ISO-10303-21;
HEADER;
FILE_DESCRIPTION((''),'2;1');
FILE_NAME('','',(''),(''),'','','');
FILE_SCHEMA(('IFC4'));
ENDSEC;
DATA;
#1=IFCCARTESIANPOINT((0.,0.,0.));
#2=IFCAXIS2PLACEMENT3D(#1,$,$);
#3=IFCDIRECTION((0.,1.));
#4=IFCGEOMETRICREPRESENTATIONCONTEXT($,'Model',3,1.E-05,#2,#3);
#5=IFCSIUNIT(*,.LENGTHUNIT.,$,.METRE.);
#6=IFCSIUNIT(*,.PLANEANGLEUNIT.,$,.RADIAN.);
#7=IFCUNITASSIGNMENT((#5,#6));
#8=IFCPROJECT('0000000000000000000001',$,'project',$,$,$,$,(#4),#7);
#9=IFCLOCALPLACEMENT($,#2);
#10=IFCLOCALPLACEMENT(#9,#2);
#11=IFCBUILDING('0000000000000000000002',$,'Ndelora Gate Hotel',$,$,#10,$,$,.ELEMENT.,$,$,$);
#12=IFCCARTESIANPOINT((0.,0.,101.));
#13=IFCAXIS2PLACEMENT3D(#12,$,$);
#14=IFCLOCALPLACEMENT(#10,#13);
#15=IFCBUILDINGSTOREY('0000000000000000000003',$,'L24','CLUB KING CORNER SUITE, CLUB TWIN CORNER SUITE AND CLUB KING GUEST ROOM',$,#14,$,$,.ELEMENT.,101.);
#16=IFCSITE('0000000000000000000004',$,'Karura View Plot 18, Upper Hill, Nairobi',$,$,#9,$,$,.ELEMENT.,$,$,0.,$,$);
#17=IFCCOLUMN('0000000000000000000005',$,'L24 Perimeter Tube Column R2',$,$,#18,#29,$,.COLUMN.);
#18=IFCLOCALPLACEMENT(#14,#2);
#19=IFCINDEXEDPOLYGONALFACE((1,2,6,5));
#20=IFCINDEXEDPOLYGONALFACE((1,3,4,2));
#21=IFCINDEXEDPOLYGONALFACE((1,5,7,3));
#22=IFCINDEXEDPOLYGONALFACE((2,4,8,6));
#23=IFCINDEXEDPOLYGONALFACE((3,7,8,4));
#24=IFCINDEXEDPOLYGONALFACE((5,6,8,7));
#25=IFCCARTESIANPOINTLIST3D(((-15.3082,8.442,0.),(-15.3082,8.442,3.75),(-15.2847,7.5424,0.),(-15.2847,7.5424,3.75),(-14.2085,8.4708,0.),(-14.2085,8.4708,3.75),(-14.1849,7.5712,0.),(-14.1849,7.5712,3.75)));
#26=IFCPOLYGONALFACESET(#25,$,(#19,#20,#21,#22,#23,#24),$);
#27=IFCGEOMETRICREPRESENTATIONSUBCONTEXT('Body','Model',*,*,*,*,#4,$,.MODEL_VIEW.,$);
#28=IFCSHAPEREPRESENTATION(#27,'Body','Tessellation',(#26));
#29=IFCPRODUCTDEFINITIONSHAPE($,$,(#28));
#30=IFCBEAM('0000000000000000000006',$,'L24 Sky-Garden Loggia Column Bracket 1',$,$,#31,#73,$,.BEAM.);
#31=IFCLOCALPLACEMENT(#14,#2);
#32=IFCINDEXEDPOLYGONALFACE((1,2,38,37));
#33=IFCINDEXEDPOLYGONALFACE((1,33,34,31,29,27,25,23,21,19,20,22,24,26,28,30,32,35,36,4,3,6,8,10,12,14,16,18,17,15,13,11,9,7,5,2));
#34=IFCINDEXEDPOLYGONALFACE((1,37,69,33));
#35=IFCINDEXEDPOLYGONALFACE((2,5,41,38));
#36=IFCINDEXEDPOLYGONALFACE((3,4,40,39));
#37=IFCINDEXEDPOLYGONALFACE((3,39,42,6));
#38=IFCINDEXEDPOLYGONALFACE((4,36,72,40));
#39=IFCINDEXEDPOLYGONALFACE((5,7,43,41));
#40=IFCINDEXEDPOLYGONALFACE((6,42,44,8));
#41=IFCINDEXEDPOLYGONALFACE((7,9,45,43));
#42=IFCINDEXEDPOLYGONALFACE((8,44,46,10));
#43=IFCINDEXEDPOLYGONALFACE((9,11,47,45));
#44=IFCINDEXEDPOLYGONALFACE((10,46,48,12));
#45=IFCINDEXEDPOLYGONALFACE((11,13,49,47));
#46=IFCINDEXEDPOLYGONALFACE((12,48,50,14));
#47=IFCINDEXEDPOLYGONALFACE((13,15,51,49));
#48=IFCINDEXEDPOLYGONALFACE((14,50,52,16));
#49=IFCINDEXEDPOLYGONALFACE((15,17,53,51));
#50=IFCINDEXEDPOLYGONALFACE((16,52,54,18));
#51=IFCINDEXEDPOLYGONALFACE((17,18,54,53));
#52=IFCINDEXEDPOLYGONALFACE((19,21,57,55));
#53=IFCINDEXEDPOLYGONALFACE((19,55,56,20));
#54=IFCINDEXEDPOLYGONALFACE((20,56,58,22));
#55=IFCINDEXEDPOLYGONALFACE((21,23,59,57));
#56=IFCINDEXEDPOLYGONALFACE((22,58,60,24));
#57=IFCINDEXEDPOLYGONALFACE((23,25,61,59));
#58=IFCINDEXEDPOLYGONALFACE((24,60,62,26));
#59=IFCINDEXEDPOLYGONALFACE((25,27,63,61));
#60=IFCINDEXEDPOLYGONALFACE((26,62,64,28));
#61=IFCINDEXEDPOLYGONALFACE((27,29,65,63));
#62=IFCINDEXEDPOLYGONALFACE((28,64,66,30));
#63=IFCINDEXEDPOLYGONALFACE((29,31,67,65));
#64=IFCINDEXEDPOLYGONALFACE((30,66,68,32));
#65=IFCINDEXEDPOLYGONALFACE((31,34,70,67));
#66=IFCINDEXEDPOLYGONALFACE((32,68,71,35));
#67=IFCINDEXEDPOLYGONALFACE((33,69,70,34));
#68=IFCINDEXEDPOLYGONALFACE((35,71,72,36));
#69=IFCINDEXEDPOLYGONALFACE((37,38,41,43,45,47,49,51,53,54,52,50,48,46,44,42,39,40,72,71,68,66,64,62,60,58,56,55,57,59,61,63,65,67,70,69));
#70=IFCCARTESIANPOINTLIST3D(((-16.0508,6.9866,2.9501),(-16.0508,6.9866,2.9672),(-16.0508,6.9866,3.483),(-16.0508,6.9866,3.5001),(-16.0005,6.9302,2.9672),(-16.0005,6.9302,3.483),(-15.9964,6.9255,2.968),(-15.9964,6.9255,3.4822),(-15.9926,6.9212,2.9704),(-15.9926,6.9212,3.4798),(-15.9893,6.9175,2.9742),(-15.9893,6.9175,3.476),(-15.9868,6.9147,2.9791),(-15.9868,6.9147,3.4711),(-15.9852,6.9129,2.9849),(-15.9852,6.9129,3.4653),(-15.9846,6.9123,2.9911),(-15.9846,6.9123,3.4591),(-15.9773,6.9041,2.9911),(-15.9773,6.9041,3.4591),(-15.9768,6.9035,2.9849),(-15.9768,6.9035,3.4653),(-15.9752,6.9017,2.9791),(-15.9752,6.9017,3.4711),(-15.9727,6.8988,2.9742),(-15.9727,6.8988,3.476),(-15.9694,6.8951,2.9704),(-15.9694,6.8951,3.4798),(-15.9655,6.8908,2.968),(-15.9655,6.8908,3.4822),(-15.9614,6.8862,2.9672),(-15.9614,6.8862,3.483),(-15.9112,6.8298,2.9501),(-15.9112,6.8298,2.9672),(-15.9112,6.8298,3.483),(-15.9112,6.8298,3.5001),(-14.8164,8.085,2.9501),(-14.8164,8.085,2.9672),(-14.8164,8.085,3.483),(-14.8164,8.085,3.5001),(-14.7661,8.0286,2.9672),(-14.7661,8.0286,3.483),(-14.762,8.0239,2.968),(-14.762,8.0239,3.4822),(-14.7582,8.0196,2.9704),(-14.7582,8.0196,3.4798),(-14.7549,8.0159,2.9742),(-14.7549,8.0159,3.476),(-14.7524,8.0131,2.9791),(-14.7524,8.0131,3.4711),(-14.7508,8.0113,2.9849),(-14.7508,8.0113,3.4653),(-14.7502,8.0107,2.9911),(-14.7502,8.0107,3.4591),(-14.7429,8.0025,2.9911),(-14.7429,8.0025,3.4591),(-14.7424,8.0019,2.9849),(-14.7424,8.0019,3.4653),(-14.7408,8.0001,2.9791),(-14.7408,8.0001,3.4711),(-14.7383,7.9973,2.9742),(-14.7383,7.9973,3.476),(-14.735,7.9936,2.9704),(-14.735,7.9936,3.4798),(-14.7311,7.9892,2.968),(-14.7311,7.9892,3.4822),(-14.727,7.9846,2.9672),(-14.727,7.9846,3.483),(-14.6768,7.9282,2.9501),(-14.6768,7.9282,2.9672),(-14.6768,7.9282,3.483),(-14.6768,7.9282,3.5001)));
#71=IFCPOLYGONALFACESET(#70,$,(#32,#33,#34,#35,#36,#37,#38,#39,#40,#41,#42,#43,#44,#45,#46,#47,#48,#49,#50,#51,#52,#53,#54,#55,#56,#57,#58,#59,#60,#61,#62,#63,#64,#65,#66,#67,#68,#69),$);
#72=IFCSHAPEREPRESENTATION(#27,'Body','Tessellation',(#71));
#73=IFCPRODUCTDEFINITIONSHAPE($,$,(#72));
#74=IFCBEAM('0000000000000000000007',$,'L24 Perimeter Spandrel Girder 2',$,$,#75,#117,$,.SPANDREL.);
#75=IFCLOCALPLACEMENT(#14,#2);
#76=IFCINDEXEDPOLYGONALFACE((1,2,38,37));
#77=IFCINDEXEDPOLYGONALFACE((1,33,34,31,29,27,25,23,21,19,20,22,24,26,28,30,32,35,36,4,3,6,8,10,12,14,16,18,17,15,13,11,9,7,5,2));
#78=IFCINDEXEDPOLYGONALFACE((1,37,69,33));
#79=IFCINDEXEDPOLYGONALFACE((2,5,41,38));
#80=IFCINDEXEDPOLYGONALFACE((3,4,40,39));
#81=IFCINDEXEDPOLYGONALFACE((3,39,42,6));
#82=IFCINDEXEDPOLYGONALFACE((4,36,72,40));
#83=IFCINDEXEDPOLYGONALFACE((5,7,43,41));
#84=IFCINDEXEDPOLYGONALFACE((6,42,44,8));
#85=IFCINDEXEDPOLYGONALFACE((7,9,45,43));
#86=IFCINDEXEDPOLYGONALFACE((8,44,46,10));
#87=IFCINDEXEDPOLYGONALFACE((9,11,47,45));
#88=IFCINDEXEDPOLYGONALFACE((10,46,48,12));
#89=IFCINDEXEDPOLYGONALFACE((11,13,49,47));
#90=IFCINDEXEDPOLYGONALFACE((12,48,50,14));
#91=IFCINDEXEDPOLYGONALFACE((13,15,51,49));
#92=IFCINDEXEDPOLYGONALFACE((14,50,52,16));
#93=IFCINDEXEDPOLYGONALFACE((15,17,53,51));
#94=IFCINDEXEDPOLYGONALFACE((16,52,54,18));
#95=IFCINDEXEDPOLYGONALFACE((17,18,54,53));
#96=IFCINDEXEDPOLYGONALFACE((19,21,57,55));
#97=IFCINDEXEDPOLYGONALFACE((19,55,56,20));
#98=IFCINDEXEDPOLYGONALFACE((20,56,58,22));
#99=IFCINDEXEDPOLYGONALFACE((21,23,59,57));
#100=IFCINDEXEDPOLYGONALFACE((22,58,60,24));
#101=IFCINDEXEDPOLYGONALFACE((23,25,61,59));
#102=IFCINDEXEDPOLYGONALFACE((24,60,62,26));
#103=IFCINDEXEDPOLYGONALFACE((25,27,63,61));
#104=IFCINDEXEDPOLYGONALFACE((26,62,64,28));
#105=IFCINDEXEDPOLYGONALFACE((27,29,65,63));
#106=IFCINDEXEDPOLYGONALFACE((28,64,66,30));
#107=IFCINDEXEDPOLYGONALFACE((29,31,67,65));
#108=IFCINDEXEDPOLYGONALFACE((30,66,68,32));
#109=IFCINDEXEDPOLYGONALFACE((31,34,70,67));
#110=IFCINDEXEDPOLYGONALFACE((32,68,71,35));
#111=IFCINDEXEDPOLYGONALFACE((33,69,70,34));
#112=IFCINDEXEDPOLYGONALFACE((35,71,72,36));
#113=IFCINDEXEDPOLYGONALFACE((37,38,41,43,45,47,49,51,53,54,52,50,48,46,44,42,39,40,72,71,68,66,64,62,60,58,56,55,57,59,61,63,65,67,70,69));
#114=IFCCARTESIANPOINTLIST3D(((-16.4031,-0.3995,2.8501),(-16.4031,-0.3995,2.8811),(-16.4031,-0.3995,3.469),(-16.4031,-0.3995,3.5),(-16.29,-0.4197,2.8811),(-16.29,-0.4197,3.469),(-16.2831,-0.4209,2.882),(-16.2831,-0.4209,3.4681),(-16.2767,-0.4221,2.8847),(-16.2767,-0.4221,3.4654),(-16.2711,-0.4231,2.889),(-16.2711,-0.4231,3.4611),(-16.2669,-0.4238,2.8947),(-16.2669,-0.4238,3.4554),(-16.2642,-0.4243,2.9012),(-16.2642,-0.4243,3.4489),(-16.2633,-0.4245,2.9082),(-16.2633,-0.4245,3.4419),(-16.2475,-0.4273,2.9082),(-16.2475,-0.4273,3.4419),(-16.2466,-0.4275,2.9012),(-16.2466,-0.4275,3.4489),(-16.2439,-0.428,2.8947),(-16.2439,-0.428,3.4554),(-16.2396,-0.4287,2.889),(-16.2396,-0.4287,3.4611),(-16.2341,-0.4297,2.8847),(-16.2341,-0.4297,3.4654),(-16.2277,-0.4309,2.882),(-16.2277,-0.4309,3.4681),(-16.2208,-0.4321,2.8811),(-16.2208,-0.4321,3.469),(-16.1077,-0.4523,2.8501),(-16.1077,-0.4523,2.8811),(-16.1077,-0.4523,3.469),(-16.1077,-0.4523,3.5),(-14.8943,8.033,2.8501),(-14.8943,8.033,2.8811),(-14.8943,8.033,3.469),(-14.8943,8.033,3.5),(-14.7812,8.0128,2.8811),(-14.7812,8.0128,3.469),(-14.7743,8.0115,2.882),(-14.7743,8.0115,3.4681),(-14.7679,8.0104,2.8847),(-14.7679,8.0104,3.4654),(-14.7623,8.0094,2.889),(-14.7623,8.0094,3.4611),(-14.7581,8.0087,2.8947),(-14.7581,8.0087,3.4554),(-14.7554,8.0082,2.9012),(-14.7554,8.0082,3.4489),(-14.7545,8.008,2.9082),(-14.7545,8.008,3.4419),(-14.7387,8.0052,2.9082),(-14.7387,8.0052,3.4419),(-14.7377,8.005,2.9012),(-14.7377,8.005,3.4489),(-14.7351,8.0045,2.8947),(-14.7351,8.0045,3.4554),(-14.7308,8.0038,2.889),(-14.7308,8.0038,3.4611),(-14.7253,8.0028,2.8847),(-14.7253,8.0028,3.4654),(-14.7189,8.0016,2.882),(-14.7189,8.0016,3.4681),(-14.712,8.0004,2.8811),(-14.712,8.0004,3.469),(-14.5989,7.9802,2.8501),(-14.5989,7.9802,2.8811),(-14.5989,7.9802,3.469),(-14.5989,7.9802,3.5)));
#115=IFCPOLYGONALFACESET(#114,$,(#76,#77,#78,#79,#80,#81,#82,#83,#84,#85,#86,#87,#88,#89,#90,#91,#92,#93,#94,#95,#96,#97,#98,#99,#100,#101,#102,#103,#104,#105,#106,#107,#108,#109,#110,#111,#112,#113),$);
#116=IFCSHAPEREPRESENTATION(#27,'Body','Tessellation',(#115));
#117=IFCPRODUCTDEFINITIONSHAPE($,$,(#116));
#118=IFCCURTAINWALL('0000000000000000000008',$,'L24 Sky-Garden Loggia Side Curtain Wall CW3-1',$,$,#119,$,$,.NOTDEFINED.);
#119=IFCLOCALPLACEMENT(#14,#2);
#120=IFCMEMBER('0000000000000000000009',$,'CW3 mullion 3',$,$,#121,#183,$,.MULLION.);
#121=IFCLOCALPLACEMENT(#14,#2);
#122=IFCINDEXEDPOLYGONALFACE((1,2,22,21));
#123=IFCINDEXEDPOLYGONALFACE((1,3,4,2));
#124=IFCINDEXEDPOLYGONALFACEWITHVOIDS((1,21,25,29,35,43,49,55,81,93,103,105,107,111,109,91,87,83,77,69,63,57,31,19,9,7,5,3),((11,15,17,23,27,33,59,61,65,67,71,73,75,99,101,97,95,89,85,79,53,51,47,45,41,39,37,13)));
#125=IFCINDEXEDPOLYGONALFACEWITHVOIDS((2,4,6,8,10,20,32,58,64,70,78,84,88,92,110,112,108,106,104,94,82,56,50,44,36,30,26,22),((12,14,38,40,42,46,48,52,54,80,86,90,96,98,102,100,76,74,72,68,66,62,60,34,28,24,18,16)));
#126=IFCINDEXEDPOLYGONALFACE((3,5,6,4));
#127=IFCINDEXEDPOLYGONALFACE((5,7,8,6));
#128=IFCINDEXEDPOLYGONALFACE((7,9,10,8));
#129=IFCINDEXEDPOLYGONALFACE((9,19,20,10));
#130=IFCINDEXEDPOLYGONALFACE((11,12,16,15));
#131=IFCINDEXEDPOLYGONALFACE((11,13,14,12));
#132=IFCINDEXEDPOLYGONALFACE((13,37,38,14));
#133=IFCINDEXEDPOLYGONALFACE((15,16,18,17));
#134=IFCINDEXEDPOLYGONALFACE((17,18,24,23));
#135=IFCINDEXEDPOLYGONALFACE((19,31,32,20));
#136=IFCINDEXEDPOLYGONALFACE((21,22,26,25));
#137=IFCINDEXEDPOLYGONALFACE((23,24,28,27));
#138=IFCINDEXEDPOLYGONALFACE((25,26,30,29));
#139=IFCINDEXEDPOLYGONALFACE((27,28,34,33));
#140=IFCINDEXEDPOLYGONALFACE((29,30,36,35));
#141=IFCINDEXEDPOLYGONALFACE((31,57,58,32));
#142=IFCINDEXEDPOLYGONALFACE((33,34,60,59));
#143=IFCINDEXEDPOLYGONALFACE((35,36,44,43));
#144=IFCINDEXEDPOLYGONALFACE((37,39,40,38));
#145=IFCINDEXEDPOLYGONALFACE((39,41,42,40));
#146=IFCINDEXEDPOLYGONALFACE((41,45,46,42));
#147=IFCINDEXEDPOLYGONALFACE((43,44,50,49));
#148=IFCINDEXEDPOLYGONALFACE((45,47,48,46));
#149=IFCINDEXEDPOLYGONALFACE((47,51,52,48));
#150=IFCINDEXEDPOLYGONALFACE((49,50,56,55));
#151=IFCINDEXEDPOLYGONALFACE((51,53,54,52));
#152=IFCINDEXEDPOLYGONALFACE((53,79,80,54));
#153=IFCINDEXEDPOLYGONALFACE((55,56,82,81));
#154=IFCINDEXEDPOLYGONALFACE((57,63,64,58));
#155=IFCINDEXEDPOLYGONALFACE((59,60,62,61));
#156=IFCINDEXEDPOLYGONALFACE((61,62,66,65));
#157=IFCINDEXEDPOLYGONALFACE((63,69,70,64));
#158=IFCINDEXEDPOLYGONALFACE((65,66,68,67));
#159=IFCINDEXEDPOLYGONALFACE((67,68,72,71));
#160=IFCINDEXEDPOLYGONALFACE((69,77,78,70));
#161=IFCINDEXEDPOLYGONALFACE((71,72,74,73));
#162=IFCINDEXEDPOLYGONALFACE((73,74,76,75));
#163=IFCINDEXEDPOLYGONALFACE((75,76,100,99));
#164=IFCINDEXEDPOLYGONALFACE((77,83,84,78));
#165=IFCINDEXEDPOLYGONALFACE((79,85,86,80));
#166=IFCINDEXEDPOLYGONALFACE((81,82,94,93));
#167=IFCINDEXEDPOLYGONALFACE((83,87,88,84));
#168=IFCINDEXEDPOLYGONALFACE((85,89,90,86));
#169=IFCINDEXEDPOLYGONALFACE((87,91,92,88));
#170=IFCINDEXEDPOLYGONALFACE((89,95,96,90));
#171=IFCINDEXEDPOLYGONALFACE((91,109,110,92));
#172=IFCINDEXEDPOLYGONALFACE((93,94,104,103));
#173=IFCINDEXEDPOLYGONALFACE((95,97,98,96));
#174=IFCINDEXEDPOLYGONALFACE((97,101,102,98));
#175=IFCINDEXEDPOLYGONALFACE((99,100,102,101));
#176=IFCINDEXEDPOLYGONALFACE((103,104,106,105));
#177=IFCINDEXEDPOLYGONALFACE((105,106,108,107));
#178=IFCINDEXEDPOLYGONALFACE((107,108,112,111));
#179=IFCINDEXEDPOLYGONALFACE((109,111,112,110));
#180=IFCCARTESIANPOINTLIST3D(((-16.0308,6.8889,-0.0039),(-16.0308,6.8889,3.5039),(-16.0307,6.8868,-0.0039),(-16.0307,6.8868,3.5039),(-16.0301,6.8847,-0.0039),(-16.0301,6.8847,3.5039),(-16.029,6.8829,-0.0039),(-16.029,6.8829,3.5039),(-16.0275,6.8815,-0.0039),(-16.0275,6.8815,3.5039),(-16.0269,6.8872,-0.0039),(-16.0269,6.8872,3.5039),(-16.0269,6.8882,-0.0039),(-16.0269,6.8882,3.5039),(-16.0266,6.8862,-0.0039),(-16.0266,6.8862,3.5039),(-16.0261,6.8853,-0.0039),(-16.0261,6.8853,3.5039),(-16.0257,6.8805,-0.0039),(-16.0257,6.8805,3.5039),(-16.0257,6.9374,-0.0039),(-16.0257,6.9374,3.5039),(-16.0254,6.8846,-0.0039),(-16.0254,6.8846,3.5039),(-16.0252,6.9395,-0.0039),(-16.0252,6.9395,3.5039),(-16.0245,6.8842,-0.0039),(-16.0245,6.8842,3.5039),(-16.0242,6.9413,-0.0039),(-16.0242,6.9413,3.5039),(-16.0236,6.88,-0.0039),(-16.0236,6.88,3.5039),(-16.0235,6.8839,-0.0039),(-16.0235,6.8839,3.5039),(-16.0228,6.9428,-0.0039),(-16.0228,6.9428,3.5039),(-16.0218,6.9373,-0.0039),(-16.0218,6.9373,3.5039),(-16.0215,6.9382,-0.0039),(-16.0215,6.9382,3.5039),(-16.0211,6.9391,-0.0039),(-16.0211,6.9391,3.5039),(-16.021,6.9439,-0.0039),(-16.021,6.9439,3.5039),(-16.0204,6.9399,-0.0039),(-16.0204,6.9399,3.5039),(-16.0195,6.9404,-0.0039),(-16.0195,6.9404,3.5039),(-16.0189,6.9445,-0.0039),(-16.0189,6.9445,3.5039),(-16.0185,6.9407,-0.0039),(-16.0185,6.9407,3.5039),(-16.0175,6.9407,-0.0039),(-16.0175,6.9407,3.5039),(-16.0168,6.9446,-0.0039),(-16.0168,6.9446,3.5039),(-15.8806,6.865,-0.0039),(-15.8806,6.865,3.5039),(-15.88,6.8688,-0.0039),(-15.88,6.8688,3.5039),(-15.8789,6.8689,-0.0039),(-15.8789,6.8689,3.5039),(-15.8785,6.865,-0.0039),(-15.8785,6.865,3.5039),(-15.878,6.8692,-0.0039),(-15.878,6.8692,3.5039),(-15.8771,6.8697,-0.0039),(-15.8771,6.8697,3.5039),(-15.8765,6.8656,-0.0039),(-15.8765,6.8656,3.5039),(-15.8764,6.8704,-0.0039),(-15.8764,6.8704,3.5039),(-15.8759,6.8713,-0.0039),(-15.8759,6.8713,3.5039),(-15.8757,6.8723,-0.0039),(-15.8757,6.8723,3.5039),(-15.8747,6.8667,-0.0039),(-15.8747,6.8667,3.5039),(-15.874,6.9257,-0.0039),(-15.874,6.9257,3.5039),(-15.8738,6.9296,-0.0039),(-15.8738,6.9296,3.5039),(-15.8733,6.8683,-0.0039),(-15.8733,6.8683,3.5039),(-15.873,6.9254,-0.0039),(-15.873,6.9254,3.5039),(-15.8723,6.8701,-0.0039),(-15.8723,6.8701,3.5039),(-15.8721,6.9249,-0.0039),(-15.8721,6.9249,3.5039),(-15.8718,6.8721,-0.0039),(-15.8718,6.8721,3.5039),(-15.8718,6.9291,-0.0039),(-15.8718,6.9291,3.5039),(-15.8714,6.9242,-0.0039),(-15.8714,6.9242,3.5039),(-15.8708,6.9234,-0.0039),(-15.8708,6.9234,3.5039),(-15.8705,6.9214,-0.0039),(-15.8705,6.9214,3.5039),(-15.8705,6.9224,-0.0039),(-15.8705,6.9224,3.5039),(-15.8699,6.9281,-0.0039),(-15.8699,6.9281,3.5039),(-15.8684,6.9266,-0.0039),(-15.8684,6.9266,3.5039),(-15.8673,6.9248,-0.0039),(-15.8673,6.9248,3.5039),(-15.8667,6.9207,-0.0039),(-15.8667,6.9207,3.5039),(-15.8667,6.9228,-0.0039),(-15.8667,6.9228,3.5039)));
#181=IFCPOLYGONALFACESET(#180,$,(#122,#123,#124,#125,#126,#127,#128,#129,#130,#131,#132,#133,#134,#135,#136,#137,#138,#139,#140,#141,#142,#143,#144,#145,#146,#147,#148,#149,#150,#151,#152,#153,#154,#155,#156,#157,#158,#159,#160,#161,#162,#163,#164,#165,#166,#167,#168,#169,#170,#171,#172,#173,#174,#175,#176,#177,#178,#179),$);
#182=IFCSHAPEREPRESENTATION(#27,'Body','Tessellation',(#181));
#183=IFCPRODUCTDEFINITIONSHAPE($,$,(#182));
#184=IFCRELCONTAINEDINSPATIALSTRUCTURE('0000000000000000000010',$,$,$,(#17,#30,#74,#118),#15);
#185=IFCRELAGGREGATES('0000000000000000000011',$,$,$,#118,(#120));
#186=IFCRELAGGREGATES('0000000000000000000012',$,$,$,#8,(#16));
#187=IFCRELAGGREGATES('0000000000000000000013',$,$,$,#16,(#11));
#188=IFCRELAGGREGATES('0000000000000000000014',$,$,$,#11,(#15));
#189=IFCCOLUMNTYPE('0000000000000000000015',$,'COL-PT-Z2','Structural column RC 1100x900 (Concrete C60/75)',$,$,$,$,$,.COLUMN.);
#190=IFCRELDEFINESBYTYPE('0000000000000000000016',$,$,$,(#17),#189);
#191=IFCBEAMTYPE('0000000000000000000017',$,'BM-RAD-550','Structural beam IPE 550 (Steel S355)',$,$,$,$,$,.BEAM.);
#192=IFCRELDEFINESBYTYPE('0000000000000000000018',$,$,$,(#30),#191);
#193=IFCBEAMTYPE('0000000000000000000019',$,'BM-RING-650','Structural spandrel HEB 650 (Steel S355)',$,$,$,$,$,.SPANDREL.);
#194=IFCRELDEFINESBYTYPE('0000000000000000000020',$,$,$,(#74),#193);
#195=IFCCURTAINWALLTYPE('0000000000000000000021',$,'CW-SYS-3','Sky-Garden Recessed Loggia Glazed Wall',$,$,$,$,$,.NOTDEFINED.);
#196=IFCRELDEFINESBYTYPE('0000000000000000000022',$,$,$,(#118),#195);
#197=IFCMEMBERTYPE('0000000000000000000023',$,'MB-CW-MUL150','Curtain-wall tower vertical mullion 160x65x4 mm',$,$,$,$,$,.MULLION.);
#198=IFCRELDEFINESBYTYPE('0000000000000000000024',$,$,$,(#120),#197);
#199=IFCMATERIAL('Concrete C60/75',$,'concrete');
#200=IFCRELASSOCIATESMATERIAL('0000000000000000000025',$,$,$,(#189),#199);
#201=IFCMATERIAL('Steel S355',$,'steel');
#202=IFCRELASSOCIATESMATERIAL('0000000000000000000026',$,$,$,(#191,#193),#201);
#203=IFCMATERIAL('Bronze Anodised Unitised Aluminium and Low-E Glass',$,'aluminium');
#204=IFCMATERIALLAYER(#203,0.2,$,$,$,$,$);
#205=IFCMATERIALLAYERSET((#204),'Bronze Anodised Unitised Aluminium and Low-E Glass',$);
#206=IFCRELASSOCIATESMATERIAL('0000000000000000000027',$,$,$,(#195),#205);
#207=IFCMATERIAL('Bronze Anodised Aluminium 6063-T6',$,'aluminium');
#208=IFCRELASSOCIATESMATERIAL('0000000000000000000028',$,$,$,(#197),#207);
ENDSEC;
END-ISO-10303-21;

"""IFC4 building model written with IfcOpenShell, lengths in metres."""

from ifc_helpers import new_model, si_unit, direction, frame, origin, origin_2d, place, context, subcontext, project, spatial, rectangle, hollow_rectangle, i_section, extrude, material, layer, layer_set, material_profile, profile_set, type_object, element, aggregate, save


model = new_model("IFC4")

# Units and contexts
model_context = context("Model", 3, precision=1e-05, world=origin(), true_north=direction((0.0, 1.0)))
body_context = subcontext(model_context, "Body", "Model", "MODEL_VIEW")
ifc_project = project(units=[si_unit("LENGTHUNIT", "METRE"), si_unit("PLANEANGLEUNIT", "RADIAN")], contexts=[model_context])

# Site, building, storey
site_placement = place(None, origin())
site = spatial("IfcSite", under=ifc_project, at=site_placement, Name="Karura View Plot 18, Upper Hill, Nairobi", CompositionType="ELEMENT", RefElevation=0.0)
building_placement = place(site_placement, origin())
building = spatial("IfcBuilding", under=site, at=building_placement, Name="Ndelora Gate Hotel", CompositionType="ELEMENT")
storey_placement = place(building_placement, frame((0.0, 0.0, 101.0)))
storey = spatial("IfcBuildingStorey", under=building, at=storey_placement, Name="L24", Description="CLUB KING CORNER SUITE, CLUB TWIN CORNER SUITE AND CLUB KING GUEST ROOM", CompositionType="ELEMENT", Elevation=101.0)

# Column
ifc_material_1 = material(Name="Concrete C60/75", Category="concrete")
ifc_material_profile_1 = material_profile(ifc_material_1, rectangle(XDim=0.8999, YDim=1.1001, at=origin_2d()), Name="RC 1100x900")
ifc_profile_set_1 = profile_set([ifc_material_profile_1], Name="Concrete C60/75")
column_type = type_object("IfcColumnType", Name="COL-PT-Z2", Description="Structural column RC 1100x900 (Concrete C60/75)", PredefinedType="COLUMN", material=ifc_profile_set_1)
column_placement = place(storey_placement, frame((-14.7466, 8.0066, 0.0), z_axis=(0.0, 0.0, 1.0), x_axis=(-0.026177, 0.999657, 0.0)))
element("IfcColumn", 1, at=column_placement, inside=storey, type_object=column_type, Name="L24 Perimeter Tube Column R2", PredefinedType="COLUMN", context=body_context, shape_type="SweptSolid", body=[
    extrude(rectangle(XDim=0.8999, YDim=1.1001, at=origin_2d()), origin(), (0.0, 0.0, 1.0), 3.75),
])

# Beams
ifc_material_2 = material(Name="Steel S355", Category="steel")
ifc_material_profile_2 = material_profile(ifc_material_2, i_section(OverallWidth=0.21, OverallDepth=0.55, WebThickness=0.011, FlangeThickness=0.0171, FilletRadius=0.0239, at=origin_2d()), Name="IPE 550")
ifc_profile_set_2 = profile_set([ifc_material_profile_2], Name="Steel S355")
beam_type_1 = type_object("IfcBeamType", Name="BM-RAD-550", Description="Structural beam IPE 550 (Steel S355)", PredefinedType="BEAM", material=ifc_profile_set_2)
beam_1_placement = place(storey_placement, frame((-14.7466, 8.0066, 3.2251), z_axis=(-0.747059, -0.664758, 0.0), x_axis=(0.664758, -0.747059, 0.0)))
element("IfcBeam", 2, at=beam_1_placement, inside=storey, type_object=beam_type_1, Name="L24 Sky-Garden Loggia Column Bracket 1", PredefinedType="BEAM", context=body_context, shape_type="SweptSolid", body=[
    extrude(i_section(OverallWidth=0.21, OverallDepth=0.55, WebThickness=0.011, FlangeThickness=0.0171, FilletRadius=0.0239, at=origin_2d()), origin(), (0.0, 0.0, 1.0), 1.6523),
])
ifc_material_profile_3 = material_profile(ifc_material_2, i_section(OverallWidth=0.3, OverallDepth=0.6499, WebThickness=0.0161, FlangeThickness=0.031, FilletRadius=0.0271, at=origin_2d()), Name="HEB 650")
ifc_profile_set_3 = profile_set([ifc_material_profile_3], Name="Steel S355")
beam_type_2 = type_object("IfcBeamType", Name="BM-RING-650", Description="Structural spandrel HEB 650 (Steel S355)", PredefinedType="SPANDREL", material=ifc_profile_set_3)
beam_2_placement = place(storey_placement, frame((-14.7466, 8.0066, 3.175), z_axis=(-0.176131, -0.984367, 0.0), x_axis=(0.984367, -0.176131, 0.0)))
element("IfcBeam", 3, at=beam_2_placement, inside=storey, type_object=beam_type_2, Name="L24 Perimeter Spandrel Girder 2", PredefinedType="SPANDREL", context=body_context, shape_type="SweptSolid", body=[
    extrude(i_section(OverallWidth=0.3, OverallDepth=0.6499, WebThickness=0.0161, FlangeThickness=0.031, FilletRadius=0.0271, at=origin_2d()), origin(), (0.0, 0.0, 1.0), 8.5664),
])

# Curtain wall, member
ifc_material_3 = material(Name="Bronze Anodised Unitised Aluminium and Low-E Glass", Category="aluminium")
ifc_layer_1 = layer(ifc_material_3, 0.2)
ifc_layer_set_1 = layer_set([ifc_layer_1], Name="Bronze Anodised Unitised Aluminium and Low-E Glass")
curtain_wall_type = type_object("IfcCurtainWallType", Name="CW-SYS-3", Description="Sky-Garden Recessed Loggia Glazed Wall", PredefinedType="NOTDEFINED", material=ifc_layer_set_1)
curtain_wall_placement = place(storey_placement, origin())
curtain_wall = element("IfcCurtainWall", 4, at=curtain_wall_placement, inside=storey, type_object=curtain_wall_type, Name="L24 Sky-Garden Loggia Side Curtain Wall CW3-1", PredefinedType="NOTDEFINED")
ifc_material_4 = material(Name="Bronze Anodised Aluminium 6063-T6", Category="aluminium")
ifc_material_profile_4 = material_profile(ifc_material_4, hollow_rectangle(XDim=0.0649, YDim=0.1599, WallThickness=0.0039, InnerFilletRadius=0.0039, OuterFilletRadius=0.0081, at=origin_2d()), Name="ALU 160x65x4")
ifc_profile_set_4 = profile_set([ifc_material_profile_4], Name="Bronze Anodised Aluminium 6063-T6")
member_type_1 = type_object("IfcMemberType", Name="MB-CW-MUL150", Description="Curtain-wall tower vertical mullion 160x65x4 mm", PredefinedType="MULLION", material=ifc_profile_set_4)
member_1_placement = place(storey_placement, frame((-15.9487, 6.9048, -0.0039), z_axis=(0.0, 0.0, 1.0), x_axis=(-0.104503, -0.994525, 0.0)))
member_1 = element("IfcMember", 5, at=member_1_placement, type_object=member_type_1, Name="CW3 mullion 3", PredefinedType="MULLION", context=body_context, shape_type="SweptSolid", body=[
    extrude(hollow_rectangle(XDim=0.0649, YDim=0.1599, WallThickness=0.0039, InnerFilletRadius=0.0039, OuterFilletRadius=0.0081, at=origin_2d()), origin(), (0.0, 0.0, 1.0), 3.5078),
])
aggregate(curtain_wall, [member_1])

save(model, "model.ifc")
